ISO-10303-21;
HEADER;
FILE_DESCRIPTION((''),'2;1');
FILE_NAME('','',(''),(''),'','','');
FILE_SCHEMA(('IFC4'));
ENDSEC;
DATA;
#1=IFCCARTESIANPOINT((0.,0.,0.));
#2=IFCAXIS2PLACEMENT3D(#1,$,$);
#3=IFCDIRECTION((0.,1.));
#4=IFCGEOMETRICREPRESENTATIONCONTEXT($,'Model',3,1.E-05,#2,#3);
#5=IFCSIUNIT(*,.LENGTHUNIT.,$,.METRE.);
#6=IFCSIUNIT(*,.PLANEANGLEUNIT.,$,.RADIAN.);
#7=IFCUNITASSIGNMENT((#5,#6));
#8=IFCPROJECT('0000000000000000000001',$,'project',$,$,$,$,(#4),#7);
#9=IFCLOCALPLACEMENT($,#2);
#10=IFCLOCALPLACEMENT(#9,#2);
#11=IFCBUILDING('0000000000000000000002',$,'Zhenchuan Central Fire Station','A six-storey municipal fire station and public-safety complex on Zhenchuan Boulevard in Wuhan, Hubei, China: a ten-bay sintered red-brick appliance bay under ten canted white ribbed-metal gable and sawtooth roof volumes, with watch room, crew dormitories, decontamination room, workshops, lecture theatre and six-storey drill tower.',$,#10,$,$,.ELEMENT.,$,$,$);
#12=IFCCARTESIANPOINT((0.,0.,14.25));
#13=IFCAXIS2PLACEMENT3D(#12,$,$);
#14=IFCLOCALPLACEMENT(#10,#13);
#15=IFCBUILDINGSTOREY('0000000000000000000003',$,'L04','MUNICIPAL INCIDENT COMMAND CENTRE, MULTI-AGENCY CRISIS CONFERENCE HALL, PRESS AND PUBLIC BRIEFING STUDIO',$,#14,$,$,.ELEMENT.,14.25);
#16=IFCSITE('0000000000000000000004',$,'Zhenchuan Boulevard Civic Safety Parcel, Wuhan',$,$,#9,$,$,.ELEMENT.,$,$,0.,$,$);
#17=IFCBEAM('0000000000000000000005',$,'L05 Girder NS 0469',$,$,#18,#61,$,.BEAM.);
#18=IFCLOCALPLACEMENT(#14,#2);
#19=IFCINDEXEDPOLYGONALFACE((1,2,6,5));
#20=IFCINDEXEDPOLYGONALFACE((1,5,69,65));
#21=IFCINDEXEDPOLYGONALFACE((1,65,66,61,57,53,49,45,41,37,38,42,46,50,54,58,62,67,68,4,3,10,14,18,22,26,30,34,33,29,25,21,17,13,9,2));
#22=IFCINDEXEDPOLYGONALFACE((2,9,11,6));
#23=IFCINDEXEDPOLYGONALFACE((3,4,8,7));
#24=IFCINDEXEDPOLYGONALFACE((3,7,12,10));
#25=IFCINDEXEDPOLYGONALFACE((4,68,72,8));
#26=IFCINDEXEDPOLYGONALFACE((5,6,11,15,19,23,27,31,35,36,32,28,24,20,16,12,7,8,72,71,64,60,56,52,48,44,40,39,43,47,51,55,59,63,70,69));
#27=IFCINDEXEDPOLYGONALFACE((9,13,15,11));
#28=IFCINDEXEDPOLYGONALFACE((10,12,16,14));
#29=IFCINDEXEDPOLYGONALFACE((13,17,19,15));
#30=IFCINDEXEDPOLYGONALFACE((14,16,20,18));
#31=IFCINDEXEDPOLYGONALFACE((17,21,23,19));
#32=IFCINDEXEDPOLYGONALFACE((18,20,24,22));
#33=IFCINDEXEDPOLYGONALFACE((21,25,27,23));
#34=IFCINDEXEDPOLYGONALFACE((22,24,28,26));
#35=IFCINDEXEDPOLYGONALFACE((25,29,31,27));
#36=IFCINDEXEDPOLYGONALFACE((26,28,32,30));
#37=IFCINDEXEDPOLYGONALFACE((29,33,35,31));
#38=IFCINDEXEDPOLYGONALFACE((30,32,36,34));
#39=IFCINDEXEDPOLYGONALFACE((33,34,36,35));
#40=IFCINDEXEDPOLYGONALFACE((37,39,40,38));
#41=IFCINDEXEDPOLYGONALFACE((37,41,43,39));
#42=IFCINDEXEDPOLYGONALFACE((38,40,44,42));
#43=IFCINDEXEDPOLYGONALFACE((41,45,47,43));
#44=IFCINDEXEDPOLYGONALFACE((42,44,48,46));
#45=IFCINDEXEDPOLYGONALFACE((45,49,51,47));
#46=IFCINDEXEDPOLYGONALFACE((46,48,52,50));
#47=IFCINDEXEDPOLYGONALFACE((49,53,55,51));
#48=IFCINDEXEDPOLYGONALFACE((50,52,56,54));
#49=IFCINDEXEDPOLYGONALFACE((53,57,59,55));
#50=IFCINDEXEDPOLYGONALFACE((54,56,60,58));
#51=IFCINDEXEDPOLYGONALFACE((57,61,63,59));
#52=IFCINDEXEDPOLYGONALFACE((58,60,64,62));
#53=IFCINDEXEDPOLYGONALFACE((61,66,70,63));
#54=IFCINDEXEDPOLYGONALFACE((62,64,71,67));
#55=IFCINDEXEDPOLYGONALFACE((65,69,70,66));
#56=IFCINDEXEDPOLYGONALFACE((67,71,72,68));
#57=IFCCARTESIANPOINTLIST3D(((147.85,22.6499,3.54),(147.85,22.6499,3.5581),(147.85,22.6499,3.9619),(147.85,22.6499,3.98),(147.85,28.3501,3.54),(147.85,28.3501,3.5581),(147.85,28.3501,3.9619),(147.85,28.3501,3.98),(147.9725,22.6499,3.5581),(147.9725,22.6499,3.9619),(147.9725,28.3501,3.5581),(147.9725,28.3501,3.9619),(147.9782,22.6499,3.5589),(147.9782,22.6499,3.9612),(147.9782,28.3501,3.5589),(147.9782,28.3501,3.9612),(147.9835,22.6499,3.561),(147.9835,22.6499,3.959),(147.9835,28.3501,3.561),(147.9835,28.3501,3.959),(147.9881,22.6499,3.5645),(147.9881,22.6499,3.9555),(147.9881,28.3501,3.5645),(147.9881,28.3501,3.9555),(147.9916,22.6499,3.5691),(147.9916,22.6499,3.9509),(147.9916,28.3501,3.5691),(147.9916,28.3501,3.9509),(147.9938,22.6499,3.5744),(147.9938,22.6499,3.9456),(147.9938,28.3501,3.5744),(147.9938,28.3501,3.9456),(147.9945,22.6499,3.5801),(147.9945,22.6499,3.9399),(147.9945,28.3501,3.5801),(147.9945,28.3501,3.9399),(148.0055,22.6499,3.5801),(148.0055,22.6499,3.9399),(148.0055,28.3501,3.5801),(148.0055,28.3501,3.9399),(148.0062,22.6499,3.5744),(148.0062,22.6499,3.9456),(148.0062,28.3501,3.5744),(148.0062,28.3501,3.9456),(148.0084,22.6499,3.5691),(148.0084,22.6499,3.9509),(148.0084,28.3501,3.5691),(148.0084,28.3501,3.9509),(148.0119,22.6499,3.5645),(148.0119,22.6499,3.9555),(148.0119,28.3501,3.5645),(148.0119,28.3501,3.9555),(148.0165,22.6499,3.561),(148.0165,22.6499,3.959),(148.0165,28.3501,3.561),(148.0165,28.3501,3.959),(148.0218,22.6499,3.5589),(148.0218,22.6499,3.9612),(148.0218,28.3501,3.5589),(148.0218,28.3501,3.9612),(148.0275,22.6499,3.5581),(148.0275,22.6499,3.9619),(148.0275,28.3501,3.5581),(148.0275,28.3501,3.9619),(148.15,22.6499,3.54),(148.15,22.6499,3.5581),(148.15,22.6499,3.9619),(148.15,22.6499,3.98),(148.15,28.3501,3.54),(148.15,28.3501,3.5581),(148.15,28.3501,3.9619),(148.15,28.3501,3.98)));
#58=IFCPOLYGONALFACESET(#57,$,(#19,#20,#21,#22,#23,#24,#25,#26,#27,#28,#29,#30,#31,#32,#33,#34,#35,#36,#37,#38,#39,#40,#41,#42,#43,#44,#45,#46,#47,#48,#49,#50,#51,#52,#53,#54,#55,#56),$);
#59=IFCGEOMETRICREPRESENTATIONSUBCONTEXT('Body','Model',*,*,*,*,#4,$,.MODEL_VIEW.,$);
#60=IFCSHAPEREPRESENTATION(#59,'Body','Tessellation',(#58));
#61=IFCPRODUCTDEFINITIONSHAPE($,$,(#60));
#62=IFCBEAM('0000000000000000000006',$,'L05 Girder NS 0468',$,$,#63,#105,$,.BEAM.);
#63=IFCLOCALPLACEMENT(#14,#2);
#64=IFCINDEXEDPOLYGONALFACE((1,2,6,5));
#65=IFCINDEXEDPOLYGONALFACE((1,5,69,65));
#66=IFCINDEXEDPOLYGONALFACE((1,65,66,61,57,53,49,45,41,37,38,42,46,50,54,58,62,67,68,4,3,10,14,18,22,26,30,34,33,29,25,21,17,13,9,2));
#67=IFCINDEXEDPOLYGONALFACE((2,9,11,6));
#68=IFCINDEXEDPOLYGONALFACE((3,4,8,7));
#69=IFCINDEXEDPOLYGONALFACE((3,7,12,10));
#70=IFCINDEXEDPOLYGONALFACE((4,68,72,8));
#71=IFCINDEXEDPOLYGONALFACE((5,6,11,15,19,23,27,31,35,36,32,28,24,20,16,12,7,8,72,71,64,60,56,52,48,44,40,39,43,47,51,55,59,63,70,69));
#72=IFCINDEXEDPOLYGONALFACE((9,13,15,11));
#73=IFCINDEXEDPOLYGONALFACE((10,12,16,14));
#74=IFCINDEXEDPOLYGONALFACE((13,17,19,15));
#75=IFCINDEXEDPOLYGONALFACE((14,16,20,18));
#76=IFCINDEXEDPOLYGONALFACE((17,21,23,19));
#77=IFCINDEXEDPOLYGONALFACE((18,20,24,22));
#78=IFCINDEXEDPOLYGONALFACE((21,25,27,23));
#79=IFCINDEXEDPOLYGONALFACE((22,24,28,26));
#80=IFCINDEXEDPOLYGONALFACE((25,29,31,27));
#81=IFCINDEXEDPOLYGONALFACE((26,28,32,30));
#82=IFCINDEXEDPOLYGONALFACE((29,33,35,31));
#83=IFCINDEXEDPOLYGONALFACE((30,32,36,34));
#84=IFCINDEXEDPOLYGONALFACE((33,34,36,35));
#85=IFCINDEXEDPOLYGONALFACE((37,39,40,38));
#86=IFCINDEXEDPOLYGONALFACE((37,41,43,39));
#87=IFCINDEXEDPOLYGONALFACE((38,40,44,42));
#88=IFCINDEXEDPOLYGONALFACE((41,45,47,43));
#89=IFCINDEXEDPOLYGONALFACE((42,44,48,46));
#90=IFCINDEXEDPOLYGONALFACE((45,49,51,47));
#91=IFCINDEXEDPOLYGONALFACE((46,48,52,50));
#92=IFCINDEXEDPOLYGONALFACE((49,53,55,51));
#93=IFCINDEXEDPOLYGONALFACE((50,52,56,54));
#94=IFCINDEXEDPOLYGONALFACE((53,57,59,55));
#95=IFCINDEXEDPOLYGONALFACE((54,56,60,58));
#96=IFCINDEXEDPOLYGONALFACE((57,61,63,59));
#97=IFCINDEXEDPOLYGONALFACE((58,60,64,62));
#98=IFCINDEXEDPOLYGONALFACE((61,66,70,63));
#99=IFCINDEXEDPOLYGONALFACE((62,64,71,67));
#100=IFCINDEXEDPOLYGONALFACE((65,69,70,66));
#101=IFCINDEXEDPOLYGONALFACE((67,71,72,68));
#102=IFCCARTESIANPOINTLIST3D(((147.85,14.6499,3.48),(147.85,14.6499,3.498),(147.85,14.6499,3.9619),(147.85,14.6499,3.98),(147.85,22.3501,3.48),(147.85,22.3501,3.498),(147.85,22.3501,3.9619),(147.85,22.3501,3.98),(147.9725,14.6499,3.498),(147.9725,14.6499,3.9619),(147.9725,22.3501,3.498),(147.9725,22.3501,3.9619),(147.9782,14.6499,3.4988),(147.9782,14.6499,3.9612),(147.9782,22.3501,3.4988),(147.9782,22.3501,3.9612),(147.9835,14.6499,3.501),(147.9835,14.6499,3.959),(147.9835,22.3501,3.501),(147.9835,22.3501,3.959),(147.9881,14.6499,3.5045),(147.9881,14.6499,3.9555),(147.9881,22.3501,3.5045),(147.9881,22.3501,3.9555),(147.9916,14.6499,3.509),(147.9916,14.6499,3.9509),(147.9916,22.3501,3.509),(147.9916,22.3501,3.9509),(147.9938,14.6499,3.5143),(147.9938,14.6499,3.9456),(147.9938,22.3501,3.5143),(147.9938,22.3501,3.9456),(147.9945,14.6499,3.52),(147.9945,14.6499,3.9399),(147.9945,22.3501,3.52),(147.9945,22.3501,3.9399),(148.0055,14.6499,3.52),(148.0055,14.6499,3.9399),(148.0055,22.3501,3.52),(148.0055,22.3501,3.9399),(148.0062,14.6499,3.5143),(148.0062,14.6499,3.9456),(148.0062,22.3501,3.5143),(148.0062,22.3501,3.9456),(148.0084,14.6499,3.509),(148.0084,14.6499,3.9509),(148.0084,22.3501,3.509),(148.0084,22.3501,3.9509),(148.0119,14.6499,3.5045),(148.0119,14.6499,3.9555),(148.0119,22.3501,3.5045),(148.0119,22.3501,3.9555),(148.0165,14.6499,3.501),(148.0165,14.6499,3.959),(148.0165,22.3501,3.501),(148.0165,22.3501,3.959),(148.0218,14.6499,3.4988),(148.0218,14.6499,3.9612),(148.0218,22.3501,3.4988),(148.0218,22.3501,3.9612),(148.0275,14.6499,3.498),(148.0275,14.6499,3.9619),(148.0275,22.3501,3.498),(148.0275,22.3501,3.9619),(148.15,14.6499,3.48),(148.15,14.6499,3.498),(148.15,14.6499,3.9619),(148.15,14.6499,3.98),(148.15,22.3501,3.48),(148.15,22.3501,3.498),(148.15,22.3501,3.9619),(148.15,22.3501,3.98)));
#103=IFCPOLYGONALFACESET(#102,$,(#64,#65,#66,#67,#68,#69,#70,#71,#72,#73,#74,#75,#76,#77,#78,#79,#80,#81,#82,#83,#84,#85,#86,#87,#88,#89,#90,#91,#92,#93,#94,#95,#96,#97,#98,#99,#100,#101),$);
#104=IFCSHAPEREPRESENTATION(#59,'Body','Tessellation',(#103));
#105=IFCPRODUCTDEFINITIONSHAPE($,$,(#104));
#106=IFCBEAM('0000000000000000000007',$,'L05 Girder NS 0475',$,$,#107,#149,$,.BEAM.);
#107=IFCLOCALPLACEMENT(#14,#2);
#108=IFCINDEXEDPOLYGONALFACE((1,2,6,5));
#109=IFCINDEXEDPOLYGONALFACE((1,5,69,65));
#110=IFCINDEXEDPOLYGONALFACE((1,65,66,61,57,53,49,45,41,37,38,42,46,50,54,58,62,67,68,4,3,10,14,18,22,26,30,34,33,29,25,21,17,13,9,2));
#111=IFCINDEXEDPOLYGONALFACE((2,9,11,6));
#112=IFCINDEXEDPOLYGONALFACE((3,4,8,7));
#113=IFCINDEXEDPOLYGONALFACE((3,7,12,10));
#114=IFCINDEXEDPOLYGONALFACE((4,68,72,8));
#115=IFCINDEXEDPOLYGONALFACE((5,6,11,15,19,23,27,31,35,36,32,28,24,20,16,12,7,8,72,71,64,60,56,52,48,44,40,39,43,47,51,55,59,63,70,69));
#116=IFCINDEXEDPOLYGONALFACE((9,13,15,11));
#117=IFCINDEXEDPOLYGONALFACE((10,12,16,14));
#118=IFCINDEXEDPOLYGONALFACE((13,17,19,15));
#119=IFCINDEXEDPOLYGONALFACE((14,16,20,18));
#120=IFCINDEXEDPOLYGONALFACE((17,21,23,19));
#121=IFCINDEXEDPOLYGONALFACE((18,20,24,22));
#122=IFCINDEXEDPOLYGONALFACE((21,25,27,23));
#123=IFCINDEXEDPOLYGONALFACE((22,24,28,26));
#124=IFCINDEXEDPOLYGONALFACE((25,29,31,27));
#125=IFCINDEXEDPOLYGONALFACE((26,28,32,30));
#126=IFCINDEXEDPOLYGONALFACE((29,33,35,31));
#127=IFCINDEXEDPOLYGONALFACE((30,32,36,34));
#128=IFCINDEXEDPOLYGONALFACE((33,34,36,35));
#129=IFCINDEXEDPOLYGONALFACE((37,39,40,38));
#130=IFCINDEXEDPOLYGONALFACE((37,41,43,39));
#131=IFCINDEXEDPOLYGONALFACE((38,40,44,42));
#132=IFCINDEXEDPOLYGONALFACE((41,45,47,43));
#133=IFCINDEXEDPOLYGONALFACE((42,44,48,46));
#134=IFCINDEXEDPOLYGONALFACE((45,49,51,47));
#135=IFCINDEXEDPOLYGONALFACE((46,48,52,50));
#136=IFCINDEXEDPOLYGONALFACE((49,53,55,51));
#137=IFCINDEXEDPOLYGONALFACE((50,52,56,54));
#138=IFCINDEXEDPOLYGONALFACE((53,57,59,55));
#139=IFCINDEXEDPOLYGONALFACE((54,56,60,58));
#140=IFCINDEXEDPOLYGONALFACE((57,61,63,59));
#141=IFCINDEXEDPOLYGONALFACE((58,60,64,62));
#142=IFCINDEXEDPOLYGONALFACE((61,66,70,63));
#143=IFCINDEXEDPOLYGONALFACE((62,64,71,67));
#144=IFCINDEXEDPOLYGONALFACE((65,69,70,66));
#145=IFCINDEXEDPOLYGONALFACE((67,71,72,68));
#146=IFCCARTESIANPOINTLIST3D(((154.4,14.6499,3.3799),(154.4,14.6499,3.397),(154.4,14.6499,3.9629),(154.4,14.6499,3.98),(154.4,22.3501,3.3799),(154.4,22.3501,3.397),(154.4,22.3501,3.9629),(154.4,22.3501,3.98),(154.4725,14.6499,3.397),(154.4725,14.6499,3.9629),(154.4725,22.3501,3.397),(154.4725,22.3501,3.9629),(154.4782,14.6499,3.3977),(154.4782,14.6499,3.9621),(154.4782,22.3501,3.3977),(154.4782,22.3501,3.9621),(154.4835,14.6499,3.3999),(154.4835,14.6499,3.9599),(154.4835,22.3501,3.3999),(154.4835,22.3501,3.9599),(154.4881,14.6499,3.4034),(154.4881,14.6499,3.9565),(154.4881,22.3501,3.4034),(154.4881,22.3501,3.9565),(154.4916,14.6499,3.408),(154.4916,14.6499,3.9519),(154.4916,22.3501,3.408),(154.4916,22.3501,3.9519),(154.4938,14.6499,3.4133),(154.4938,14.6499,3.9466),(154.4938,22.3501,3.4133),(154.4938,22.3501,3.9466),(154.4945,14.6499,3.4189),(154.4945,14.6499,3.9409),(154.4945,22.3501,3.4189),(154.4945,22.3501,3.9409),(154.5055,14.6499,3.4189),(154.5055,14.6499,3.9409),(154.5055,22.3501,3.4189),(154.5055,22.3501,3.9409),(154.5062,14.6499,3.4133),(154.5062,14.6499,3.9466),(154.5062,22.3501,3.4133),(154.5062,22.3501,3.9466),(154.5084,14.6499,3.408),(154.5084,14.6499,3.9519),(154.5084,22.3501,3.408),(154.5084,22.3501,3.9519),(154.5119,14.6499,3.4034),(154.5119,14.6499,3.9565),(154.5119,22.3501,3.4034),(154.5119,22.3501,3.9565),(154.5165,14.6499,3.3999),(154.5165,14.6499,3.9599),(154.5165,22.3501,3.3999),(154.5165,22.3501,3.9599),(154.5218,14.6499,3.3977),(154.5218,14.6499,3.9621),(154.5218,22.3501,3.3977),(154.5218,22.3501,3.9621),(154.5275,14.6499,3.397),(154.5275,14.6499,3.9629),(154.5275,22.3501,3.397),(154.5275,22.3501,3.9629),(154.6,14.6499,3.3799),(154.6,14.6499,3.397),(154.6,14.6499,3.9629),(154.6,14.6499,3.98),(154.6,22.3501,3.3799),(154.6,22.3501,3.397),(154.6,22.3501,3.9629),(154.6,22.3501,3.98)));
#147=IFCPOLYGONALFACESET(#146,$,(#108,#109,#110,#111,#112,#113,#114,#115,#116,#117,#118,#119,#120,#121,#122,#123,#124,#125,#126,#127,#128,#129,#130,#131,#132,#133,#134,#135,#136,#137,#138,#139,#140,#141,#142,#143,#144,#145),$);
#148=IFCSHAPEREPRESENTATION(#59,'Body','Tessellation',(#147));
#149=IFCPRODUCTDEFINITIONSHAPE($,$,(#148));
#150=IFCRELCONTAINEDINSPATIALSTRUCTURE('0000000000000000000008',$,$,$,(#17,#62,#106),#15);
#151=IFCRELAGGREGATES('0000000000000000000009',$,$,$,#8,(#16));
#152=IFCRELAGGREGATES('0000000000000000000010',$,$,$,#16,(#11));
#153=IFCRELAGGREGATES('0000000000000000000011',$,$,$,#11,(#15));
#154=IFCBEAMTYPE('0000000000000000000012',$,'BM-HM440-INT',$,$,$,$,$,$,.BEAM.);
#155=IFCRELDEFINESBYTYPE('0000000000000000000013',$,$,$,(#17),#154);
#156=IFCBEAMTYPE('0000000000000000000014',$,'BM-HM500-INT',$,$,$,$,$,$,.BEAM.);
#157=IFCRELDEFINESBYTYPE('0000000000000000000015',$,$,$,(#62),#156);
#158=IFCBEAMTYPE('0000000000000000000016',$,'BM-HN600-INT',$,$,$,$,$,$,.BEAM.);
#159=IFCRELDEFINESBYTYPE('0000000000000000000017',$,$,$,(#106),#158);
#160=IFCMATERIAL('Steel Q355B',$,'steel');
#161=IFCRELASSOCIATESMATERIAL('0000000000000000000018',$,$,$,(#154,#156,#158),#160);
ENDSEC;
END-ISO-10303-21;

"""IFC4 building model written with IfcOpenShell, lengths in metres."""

from ifc_helpers import new_model, si_unit, direction, frame, origin, origin_2d, place, context, subcontext, project, spatial, i_section, extrude, material, material_profile, profile_set, type_object, element, save


model = new_model("IFC4")

# Units and contexts
model_context = context("Model", 3, precision=1e-05, world=origin(), true_north=direction((0.0, 1.0)))
body_context = subcontext(model_context, "Body", "Model", "MODEL_VIEW")
ifc_project = project(units=[si_unit("LENGTHUNIT", "METRE"), si_unit("PLANEANGLEUNIT", "RADIAN")], contexts=[model_context])

# Site, building, storey
site_placement = place(None, origin())
site = spatial("IfcSite", under=ifc_project, at=site_placement, Name="Zhenchuan Boulevard Civic Safety Parcel, Wuhan", CompositionType="ELEMENT", RefElevation=0.0)
building_placement = place(site_placement, origin())
building = spatial("IfcBuilding", under=site, at=building_placement, Name="Zhenchuan Central Fire Station", Description="A six-storey municipal fire station and public-safety complex on Zhenchuan Boulevard in Wuhan, Hubei, China: a ten-bay sintered red-brick appliance bay under ten canted white ribbed-metal gable and sawtooth roof volumes, with watch room, crew dormitories, decontamination room, workshops, lecture theatre and six-storey drill tower.", CompositionType="ELEMENT")
storey_placement = place(building_placement, frame((0.0, 0.0, 14.25)))
storey = spatial("IfcBuildingStorey", under=building, at=storey_placement, Name="L04", Description="MUNICIPAL INCIDENT COMMAND CENTRE, MULTI-AGENCY CRISIS CONFERENCE HALL, PRESS AND PUBLIC BRIEFING STUDIO", CompositionType="ELEMENT", Elevation=14.25)

# Shared definitions
ifc_material_1 = material(Name="Steel Q355B", Category="steel")

# Beams
ifc_material_profile_1 = material_profile(ifc_material_1, i_section(OverallWidth=0.3, OverallDepth=0.4399, WebThickness=0.011, FlangeThickness=0.0181, FilletRadius=0.022, at=origin_2d()), Name="HM 440x300")
ifc_profile_set_1 = profile_set([ifc_material_profile_1], Name="Steel Q355B")
beam_type_1 = type_object("IfcBeamType", Name="BM-HM440-INT", PredefinedType="BEAM", material=ifc_profile_set_1)
beam_1_placement = place(storey_placement, frame((148.0, 22.6499, 3.76), z_axis=(0.0, 1.0, 0.0), x_axis=(-1.0, 0.0, 0.0)))
element("IfcBeam", 1, at=beam_1_placement, inside=storey, type_object=beam_type_1, Name="L05 Girder NS 0469", PredefinedType="BEAM", context=body_context, shape_type="SweptSolid", body=[
    extrude(i_section(OverallWidth=0.3, OverallDepth=0.4399, WebThickness=0.011, FlangeThickness=0.0181, FilletRadius=0.022, at=origin_2d()), origin(), (0.0, 0.0, 1.0), 5.7002),
])
ifc_material_profile_2 = material_profile(ifc_material_1, i_section(OverallWidth=0.3, OverallDepth=0.5, WebThickness=0.011, FlangeThickness=0.0181, FilletRadius=0.022, at=origin_2d()), Name="HM 500x300")
ifc_profile_set_2 = profile_set([ifc_material_profile_2], Name="Steel Q355B")
beam_type_2 = type_object("IfcBeamType", Name="BM-HM500-INT", PredefinedType="BEAM", material=ifc_profile_set_2)
beam_2_placement = place(storey_placement, frame((148.0, 14.6499, 3.73), z_axis=(0.0, 1.0, 0.0), x_axis=(-1.0, 0.0, 0.0)))
element("IfcBeam", 2, at=beam_2_placement, inside=storey, type_object=beam_type_2, Name="L05 Girder NS 0468", PredefinedType="BEAM", context=body_context, shape_type="SweptSolid", body=[
    extrude(i_section(OverallWidth=0.3, OverallDepth=0.5, WebThickness=0.011, FlangeThickness=0.0181, FilletRadius=0.022, at=origin_2d()), origin(), (0.0, 0.0, 1.0), 7.7002),
])
ifc_material_profile_3 = material_profile(ifc_material_1, i_section(OverallWidth=0.2, OverallDepth=0.6001, WebThickness=0.011, FlangeThickness=0.0171, FilletRadius=0.022, at=origin_2d()), Name="HN 600x200")
ifc_profile_set_3 = profile_set([ifc_material_profile_3], Name="Steel Q355B")
beam_type_3 = type_object("IfcBeamType", Name="BM-HN600-INT", PredefinedType="BEAM", material=ifc_profile_set_3)
beam_3_placement = place(storey_placement, frame((154.5, 14.6499, 3.6799), z_axis=(0.0, 1.0, 0.0), x_axis=(-1.0, 0.0, 0.0)))
element("IfcBeam", 3, at=beam_3_placement, inside=storey, type_object=beam_type_3, Name="L05 Girder NS 0475", PredefinedType="BEAM", context=body_context, shape_type="SweptSolid", body=[
    extrude(i_section(OverallWidth=0.2, OverallDepth=0.6001, WebThickness=0.011, FlangeThickness=0.0171, FilletRadius=0.022, at=origin_2d()), origin(), (0.0, 0.0, 1.0), 7.7002),
])

save(model, "model.ifc")
